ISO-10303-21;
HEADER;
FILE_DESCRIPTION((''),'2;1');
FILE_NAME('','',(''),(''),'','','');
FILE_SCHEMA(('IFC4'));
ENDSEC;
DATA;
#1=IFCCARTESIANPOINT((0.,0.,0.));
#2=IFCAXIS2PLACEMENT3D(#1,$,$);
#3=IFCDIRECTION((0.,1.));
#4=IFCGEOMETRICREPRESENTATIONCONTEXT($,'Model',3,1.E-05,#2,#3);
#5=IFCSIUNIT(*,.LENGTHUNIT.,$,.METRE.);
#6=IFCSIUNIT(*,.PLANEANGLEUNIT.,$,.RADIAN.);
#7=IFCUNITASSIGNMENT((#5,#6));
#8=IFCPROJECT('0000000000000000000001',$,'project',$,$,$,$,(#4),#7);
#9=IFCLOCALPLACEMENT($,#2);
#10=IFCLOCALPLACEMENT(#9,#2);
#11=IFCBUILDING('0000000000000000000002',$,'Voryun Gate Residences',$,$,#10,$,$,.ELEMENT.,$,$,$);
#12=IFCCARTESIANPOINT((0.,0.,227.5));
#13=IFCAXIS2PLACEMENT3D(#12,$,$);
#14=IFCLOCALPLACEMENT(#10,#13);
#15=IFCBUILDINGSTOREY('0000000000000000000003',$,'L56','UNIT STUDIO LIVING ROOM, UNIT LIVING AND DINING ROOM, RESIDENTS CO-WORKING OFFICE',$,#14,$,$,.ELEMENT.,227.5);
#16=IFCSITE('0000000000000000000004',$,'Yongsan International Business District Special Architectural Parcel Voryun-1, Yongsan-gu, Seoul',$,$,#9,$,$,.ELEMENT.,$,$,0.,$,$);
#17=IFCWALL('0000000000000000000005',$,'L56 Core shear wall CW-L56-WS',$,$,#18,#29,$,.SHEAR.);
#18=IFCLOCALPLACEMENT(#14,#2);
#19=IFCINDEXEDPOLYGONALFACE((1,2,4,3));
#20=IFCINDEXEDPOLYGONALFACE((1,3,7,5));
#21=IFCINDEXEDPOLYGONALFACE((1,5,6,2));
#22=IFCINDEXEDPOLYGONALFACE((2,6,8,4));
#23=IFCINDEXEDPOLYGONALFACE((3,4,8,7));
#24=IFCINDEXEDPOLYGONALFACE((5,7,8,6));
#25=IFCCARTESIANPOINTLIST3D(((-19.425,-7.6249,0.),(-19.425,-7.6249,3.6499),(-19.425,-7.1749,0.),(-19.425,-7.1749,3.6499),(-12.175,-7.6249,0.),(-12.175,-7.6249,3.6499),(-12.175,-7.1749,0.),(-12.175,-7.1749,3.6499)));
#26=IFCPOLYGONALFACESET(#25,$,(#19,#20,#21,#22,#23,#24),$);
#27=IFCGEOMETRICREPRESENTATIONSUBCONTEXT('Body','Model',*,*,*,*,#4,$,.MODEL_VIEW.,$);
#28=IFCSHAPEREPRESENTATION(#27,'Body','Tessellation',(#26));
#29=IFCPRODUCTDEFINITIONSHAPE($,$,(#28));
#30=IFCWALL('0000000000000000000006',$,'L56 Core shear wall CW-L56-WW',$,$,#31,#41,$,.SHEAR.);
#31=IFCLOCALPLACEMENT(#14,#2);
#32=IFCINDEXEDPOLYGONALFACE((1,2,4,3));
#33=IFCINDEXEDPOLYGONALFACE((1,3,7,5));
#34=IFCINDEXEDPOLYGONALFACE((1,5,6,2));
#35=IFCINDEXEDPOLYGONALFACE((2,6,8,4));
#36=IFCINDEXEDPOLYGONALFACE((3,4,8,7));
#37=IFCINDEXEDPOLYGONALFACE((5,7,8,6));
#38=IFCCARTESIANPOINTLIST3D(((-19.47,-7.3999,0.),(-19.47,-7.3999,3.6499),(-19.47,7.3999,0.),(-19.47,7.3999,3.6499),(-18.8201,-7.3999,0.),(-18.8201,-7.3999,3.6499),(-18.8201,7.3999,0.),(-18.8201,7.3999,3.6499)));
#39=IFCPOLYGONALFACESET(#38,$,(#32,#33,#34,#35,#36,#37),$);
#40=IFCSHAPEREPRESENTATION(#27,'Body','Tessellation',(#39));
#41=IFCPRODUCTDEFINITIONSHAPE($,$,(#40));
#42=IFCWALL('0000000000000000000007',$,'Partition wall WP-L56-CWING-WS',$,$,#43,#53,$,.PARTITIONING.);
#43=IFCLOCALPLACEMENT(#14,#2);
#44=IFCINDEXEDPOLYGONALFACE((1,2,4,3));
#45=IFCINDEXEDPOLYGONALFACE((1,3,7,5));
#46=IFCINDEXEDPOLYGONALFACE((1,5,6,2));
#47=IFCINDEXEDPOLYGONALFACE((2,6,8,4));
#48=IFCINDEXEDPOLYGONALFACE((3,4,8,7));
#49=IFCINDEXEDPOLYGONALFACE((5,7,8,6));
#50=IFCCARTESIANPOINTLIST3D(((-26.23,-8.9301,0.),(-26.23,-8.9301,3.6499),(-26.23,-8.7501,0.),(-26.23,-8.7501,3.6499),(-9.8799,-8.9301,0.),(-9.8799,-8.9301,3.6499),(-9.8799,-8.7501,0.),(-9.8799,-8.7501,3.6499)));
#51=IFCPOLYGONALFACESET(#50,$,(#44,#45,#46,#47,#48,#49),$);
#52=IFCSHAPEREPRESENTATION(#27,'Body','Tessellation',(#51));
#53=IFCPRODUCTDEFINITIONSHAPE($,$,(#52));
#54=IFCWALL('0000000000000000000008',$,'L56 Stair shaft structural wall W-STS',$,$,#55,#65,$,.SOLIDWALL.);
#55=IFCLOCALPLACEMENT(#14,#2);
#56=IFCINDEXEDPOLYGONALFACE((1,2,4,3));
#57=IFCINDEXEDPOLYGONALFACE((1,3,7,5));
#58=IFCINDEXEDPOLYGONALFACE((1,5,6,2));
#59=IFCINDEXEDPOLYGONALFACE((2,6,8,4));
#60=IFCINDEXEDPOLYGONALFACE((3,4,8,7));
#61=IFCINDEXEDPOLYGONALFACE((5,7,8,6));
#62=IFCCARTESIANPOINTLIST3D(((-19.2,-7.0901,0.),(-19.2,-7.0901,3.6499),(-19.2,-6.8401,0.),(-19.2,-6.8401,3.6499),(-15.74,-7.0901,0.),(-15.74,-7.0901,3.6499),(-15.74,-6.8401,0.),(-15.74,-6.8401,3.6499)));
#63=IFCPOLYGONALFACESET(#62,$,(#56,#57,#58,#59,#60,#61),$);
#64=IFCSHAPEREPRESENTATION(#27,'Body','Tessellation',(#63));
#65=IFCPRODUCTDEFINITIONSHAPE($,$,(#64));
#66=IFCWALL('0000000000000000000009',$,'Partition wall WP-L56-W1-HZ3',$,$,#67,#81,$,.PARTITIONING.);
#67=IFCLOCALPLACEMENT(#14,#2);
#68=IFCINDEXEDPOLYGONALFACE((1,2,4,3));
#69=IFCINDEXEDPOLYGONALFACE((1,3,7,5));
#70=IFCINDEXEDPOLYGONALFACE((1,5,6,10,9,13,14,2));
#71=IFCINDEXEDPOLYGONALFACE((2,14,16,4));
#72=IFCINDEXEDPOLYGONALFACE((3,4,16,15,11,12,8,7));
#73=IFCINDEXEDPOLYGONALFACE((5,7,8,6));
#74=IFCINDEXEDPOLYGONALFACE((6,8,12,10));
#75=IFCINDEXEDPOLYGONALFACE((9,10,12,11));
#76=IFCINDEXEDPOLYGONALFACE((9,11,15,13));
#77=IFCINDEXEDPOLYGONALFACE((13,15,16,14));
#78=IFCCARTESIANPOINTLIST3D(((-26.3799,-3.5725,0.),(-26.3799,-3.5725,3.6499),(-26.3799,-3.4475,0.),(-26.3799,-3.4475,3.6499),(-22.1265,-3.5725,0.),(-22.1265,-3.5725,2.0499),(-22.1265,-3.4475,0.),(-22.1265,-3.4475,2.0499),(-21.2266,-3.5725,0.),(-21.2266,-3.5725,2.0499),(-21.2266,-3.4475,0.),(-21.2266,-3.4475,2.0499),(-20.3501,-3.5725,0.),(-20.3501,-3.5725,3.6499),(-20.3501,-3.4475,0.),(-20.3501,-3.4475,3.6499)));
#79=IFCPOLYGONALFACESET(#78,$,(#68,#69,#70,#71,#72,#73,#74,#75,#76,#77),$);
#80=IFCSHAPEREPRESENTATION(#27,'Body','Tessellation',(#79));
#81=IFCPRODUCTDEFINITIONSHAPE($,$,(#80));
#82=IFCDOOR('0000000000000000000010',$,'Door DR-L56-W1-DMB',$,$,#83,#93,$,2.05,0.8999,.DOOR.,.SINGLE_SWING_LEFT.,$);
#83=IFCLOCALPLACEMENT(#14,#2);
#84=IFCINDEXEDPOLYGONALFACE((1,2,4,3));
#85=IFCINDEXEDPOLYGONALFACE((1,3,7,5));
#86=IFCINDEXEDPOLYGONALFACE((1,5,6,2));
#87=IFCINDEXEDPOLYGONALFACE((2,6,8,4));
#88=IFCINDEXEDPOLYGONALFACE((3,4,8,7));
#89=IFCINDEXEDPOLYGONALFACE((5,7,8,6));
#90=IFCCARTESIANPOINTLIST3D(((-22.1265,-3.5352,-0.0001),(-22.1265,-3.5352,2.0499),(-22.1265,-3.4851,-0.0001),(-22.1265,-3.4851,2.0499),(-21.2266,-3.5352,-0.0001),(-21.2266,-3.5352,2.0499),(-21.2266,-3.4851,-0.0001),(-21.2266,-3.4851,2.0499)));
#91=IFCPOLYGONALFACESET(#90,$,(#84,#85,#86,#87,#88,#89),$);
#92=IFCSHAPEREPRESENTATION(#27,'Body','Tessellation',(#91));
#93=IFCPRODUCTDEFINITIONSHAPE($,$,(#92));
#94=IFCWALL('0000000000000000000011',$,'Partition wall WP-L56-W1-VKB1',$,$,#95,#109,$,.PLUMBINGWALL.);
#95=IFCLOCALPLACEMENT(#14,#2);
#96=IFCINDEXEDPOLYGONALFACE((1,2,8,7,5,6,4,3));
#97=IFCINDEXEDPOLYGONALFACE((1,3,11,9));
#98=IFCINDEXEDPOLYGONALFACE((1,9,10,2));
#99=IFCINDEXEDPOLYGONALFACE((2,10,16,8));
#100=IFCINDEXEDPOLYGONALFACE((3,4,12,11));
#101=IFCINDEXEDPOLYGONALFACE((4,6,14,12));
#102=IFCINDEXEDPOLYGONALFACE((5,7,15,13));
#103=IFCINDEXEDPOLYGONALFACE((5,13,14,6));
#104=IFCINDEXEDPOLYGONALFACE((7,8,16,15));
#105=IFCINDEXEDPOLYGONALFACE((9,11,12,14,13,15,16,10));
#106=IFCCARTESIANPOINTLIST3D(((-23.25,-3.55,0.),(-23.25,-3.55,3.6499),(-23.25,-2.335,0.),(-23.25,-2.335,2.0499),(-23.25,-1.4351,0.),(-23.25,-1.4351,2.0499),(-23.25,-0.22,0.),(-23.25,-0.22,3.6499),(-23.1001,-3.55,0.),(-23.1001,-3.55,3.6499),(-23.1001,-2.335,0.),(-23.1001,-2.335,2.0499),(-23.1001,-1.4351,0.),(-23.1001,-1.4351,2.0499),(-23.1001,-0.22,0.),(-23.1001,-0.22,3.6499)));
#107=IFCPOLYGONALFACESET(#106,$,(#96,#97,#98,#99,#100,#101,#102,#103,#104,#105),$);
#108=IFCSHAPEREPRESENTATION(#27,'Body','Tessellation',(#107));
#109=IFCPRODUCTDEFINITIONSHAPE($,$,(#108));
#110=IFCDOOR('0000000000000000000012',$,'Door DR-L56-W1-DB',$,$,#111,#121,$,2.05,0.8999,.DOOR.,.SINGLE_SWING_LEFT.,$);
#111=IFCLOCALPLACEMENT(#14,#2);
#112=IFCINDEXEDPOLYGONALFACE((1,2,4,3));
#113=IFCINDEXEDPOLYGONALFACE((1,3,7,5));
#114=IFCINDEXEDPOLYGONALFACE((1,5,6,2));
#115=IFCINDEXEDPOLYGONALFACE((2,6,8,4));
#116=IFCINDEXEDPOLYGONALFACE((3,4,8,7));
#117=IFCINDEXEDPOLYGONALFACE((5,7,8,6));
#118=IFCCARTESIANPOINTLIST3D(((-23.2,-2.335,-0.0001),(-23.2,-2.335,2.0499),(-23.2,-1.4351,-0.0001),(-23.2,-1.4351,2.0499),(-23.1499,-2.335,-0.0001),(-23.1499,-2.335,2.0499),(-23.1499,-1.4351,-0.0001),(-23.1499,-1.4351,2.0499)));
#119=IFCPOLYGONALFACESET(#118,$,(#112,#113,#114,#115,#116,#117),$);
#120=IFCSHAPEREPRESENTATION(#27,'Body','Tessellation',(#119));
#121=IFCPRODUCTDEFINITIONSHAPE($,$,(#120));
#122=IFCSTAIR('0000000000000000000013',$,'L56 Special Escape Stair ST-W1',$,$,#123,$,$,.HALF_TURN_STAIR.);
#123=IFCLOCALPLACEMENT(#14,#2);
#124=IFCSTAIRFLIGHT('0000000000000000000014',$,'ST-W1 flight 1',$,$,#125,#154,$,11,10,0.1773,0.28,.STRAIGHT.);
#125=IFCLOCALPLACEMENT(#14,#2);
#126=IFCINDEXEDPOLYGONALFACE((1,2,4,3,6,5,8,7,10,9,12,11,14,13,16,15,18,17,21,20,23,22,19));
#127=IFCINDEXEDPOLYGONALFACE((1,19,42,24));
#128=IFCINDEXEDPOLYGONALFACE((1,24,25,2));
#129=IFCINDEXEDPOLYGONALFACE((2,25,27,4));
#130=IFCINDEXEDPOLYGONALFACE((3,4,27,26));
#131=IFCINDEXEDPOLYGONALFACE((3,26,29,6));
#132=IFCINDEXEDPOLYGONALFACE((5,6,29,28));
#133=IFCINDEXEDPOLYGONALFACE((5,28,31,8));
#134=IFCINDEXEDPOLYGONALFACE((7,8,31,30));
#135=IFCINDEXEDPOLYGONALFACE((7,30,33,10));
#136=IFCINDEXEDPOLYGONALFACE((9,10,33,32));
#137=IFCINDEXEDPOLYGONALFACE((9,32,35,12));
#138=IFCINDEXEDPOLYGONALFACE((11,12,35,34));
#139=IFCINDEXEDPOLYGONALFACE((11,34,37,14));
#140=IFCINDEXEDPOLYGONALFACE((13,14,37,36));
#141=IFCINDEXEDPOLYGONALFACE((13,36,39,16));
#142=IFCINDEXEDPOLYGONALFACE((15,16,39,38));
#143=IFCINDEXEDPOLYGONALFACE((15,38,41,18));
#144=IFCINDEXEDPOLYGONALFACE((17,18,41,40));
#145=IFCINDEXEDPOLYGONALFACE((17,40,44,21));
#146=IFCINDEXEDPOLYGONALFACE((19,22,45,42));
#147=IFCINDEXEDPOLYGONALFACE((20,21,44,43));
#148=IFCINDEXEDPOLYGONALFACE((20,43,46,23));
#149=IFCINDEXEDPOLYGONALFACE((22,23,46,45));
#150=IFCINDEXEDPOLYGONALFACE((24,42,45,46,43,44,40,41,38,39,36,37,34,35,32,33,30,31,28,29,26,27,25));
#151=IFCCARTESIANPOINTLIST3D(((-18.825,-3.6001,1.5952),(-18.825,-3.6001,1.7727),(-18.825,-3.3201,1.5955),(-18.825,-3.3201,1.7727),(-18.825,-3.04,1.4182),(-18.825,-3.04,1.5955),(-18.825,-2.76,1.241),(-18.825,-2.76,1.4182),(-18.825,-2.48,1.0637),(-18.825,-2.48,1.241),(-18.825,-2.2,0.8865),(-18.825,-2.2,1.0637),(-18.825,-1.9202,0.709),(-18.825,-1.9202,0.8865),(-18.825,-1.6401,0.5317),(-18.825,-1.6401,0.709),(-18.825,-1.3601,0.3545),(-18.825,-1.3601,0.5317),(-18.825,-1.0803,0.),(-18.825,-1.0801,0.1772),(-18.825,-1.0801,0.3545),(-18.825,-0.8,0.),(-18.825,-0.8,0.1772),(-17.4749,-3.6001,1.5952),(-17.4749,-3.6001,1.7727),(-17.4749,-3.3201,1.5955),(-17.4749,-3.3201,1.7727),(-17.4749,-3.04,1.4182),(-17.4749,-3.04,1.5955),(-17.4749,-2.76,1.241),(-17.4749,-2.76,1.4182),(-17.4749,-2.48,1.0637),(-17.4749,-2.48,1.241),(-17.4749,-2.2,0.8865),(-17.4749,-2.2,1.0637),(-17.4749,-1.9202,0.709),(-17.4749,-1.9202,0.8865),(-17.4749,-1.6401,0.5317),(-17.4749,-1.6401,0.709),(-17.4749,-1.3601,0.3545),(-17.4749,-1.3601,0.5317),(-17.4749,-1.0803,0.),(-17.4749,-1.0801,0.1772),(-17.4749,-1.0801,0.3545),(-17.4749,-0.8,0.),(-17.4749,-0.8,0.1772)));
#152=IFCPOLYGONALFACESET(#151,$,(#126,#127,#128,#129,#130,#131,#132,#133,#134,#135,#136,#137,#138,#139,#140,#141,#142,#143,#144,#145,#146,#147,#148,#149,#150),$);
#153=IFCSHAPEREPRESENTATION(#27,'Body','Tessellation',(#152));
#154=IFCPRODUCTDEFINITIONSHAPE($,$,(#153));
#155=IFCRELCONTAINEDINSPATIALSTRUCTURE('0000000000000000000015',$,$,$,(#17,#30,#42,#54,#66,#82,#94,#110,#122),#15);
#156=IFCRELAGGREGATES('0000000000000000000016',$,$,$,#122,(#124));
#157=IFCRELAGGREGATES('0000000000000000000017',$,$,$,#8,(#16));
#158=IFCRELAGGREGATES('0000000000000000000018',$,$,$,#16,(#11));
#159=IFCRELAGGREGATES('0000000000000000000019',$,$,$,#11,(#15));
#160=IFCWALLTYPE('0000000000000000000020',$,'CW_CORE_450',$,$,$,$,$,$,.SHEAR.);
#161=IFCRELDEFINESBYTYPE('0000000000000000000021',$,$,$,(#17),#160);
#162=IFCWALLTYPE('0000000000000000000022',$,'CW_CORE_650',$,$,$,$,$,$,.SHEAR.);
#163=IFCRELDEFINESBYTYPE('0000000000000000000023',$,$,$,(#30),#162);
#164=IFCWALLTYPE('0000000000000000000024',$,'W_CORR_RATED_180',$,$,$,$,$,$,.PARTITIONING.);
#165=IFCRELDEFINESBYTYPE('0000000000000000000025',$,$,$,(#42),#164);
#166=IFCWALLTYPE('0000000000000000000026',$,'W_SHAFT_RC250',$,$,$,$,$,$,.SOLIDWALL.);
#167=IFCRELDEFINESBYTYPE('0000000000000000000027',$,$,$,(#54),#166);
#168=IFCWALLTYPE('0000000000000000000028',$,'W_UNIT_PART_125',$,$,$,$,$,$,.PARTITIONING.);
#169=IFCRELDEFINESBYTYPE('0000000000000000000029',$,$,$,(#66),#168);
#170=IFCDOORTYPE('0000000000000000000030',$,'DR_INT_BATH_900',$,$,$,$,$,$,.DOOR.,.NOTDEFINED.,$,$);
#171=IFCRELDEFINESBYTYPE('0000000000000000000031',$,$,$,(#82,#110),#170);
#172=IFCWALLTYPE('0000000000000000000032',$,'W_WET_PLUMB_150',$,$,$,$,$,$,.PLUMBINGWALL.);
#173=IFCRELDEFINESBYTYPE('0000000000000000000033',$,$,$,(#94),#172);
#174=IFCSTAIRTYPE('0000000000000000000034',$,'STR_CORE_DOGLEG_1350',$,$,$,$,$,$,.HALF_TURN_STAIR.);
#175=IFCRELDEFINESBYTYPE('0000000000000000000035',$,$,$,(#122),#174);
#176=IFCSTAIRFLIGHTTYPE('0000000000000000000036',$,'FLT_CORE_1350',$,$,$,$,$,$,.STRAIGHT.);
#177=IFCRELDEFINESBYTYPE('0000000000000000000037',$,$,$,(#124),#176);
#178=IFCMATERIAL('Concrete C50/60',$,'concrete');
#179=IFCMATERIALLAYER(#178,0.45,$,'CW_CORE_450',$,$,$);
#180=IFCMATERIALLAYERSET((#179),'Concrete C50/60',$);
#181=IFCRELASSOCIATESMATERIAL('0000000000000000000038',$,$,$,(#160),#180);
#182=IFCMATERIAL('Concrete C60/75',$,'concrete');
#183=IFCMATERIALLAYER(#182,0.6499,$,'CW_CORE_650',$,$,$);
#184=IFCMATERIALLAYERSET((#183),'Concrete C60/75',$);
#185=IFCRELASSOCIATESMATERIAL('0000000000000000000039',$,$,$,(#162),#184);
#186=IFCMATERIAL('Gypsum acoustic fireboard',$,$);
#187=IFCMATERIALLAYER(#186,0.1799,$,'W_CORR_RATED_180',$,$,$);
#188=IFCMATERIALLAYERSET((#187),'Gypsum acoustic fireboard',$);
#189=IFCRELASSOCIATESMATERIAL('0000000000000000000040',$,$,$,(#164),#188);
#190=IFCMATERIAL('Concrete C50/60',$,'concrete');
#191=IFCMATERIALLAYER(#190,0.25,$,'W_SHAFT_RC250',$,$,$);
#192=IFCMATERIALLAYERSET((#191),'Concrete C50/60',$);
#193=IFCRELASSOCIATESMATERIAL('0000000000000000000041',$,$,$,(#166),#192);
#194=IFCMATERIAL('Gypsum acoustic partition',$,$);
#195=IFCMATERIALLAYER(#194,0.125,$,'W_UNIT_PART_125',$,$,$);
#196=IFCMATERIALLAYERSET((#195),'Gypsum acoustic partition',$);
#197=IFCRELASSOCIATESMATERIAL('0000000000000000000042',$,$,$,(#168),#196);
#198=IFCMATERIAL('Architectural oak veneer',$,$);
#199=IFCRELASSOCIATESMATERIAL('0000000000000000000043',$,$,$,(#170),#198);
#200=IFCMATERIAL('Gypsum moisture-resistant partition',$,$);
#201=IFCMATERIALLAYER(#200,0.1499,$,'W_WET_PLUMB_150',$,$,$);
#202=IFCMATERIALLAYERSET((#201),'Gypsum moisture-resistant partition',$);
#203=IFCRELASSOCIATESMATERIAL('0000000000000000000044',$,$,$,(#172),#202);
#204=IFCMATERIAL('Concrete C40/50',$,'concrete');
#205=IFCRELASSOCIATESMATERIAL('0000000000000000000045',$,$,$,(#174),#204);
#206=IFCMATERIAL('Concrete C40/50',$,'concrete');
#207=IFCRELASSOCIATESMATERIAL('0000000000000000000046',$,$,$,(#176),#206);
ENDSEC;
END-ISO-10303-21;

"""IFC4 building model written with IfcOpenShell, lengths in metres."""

from ifc_helpers import new_model, si_unit, direction, frame, frame_2d, origin, place, context, subcontext, project, spatial, polyline, rectangle, outline, extrude, material, layer, layer_set, type_object, element, fill, aggregate, save


model = new_model("IFC4")

# Units and contexts
model_context = context("Model", 3, precision=1e-05, world=origin(), true_north=direction((0.0, 1.0)))
body_context = subcontext(model_context, "Body", "Model", "MODEL_VIEW")
ifc_project = project(units=[si_unit("LENGTHUNIT", "METRE"), si_unit("PLANEANGLEUNIT", "RADIAN")], contexts=[model_context])

# Site, building, storey
site_placement = place(None, origin())
site = spatial("IfcSite", under=ifc_project, at=site_placement, Name="Yongsan International Business District Special Architectural Parcel Voryun-1, Yongsan-gu, Seoul", CompositionType="ELEMENT", RefElevation=0.0)
building_placement = place(site_placement, origin())
building = spatial("IfcBuilding", under=site, at=building_placement, Name="Voryun Gate Residences", CompositionType="ELEMENT")
storey_placement = place(building_placement, frame((0.0, 0.0, 227.5)))
storey = spatial("IfcBuildingStorey", under=building, at=storey_placement, Name="L56", Description="UNIT STUDIO LIVING ROOM, UNIT LIVING AND DINING ROOM, RESIDENTS CO-WORKING OFFICE", CompositionType="ELEMENT", Elevation=227.5)

# Walls
ifc_material_1 = material(Name="Concrete C50/60", Category="concrete")
ifc_layer_1 = layer(ifc_material_1, 0.45, Name="CW_CORE_450")
ifc_layer_set_1 = layer_set([ifc_layer_1], Name="Concrete C50/60")
wall_type_1 = type_object("IfcWallType", Name="CW_CORE_450", PredefinedType="SHEAR", material=ifc_layer_set_1)
wall_1_placement = place(storey_placement, frame((-19.425, -7.3999, 0.0), z_axis=(0.0, 0.0, 1.0), x_axis=(1.0, 0.0, 0.0)))
element("IfcWall", 1, at=wall_1_placement, inside=storey, type_object=wall_type_1, Name="L56 Core shear wall CW-L56-WS", PredefinedType="SHEAR", context=body_context, shape_type="SweptSolid", body=[
    extrude(rectangle(XDim=7.25, YDim=0.45, at=frame_2d((3.625, 0.0))), origin(), (0.0, 0.0, 1.0), 3.6499),
])
ifc_material_2 = material(Name="Concrete C60/75", Category="concrete")
ifc_layer_2 = layer(ifc_material_2, 0.6499, Name="CW_CORE_650")
ifc_layer_set_2 = layer_set([ifc_layer_2], Name="Concrete C60/75")
wall_type_2 = type_object("IfcWallType", Name="CW_CORE_650", PredefinedType="SHEAR", material=ifc_layer_set_2)
wall_2_placement = place(storey_placement, frame((-19.145, -7.3999, 0.0), z_axis=(0.0, 0.0, 1.0), x_axis=(0.0, 1.0, 0.0)))
element("IfcWall", 2, at=wall_2_placement, inside=storey, type_object=wall_type_2, Name="L56 Core shear wall CW-L56-WW", PredefinedType="SHEAR", context=body_context, shape_type="SweptSolid", body=[
    extrude(rectangle(XDim=14.7998, YDim=0.6499, at=frame_2d((7.3999, 0.0))), origin(), (0.0, 0.0, 1.0), 3.6499),
])
ifc_material_3 = material(Name="Gypsum acoustic fireboard")
ifc_layer_3 = layer(ifc_material_3, 0.1799, Name="W_CORR_RATED_180")
ifc_layer_set_3 = layer_set([ifc_layer_3], Name="Gypsum acoustic fireboard")
wall_type_3 = type_object("IfcWallType", Name="W_CORR_RATED_180", PredefinedType="PARTITIONING", material=ifc_layer_set_3)
wall_3_placement = place(storey_placement, frame((-26.23, -8.8401, 0.0), z_axis=(0.0, 0.0, 1.0), x_axis=(1.0, 0.0, 0.0)))
element("IfcWall", 3, at=wall_3_placement, inside=storey, type_object=wall_type_3, Name="Partition wall WP-L56-CWING-WS", PredefinedType="PARTITIONING", context=body_context, shape_type="SweptSolid", body=[
    extrude(rectangle(XDim=16.3501, YDim=0.1799, at=frame_2d((8.175, 0.0))), origin(), (0.0, 0.0, 1.0), 3.6499),
])
ifc_material_4 = material(Name="Concrete C50/60", Category="concrete")
ifc_layer_4 = layer(ifc_material_4, 0.25, Name="W_SHAFT_RC250")
ifc_layer_set_4 = layer_set([ifc_layer_4], Name="Concrete C50/60")
wall_type_4 = type_object("IfcWallType", Name="W_SHAFT_RC250", PredefinedType="SOLIDWALL", material=ifc_layer_set_4)
wall_4_placement = place(storey_placement, frame((-19.2, -6.9651, 0.0), z_axis=(0.0, 0.0, 1.0), x_axis=(1.0, 0.0, 0.0)))
element("IfcWall", 4, at=wall_4_placement, inside=storey, type_object=wall_type_4, Name="L56 Stair shaft structural wall W-STS", PredefinedType="SOLIDWALL", context=body_context, shape_type="SweptSolid", body=[
    extrude(rectangle(XDim=3.46, YDim=0.25, at=frame_2d((1.73, 0.0))), origin(), (0.0, 0.0, 1.0), 3.6499),
])

# Walls, openings, doors
ifc_material_5 = material(Name="Gypsum acoustic partition")
ifc_layer_5 = layer(ifc_material_5, 0.125, Name="W_UNIT_PART_125")
ifc_layer_set_5 = layer_set([ifc_layer_5], Name="Gypsum acoustic partition")
wall_type_5 = type_object("IfcWallType", Name="W_UNIT_PART_125", PredefinedType="PARTITIONING", material=ifc_layer_set_5)
wall_5_placement = place(storey_placement, frame((-26.3799, -3.51, 0.0), z_axis=(0.0, 0.0, 1.0), x_axis=(1.0, 0.0, 0.0)))
wall_5 = element("IfcWall", 5, at=wall_5_placement, inside=storey, type_object=wall_type_5, Name="Partition wall WP-L56-W1-HZ3", PredefinedType="PARTITIONING", context=body_context, shape_type="SweptSolid", body=[
    extrude(rectangle(XDim=6.0298, YDim=0.125, at=frame_2d((3.0149, 0.0))), origin(), (0.0, 0.0, 1.0), 3.6499),
])
opening_1_placement = place(wall_5_placement, frame((4.2534, 0.0, 0.0)))
opening_1 = element("IfcOpeningElement", 6, at=opening_1_placement, cuts=wall_5, PredefinedType="OPENING", context=body_context, shape_type="SweptSolid", body=[
    extrude(rectangle(XDim=0.8999, YDim=2.05, at=frame_2d((0.45, 1.0249))), frame((0.0, 0.0725, 0.0), z_axis=(0.0, -1.0, 0.0), x_axis=(1.0, 0.0, 0.0)), (0.0, 0.0, 1.0), 0.145),
])
ifc_material_6 = material(Name="Architectural oak veneer")
door_type = type_object("IfcDoorType", Name="DR_INT_BATH_900", OperationType="NOTDEFINED", PredefinedType="DOOR", material=ifc_material_6)
door_1_placement = place(opening_1_placement, origin())
door_1 = element("IfcDoor", 7, at=door_1_placement, inside=storey, type_object=door_type, Name="Door DR-L56-W1-DMB", OperationType="SINGLE_SWING_LEFT", OverallHeight=2.05, OverallWidth=0.8999, PredefinedType="DOOR", context=body_context, shape_type="SweptSolid", body=[
    extrude(rectangle(XDim=0.8999, YDim=2.05, at=frame_2d((0.45, 1.0249))), frame((0.0, 0.0249, 0.0), z_axis=(0.0, -1.0, 0.0), x_axis=(1.0, 0.0, 0.0)), (0.0, 0.0, 1.0), 0.05),
])
fill(opening_1, door_1)
ifc_material_7 = material(Name="Gypsum moisture-resistant partition")
ifc_layer_6 = layer(ifc_material_7, 0.1499, Name="W_WET_PLUMB_150")
ifc_layer_set_6 = layer_set([ifc_layer_6], Name="Gypsum moisture-resistant partition")
wall_type_6 = type_object("IfcWallType", Name="W_WET_PLUMB_150", PredefinedType="PLUMBINGWALL", material=ifc_layer_set_6)
wall_6_placement = place(storey_placement, frame((-23.175, -3.55, 0.0), z_axis=(0.0, 0.0, 1.0), x_axis=(0.0, 1.0, 0.0)))
wall_6 = element("IfcWall", 8, at=wall_6_placement, inside=storey, type_object=wall_type_6, Name="Partition wall WP-L56-W1-VKB1", PredefinedType="PLUMBINGWALL", context=body_context, shape_type="SweptSolid", body=[
    extrude(rectangle(XDim=3.3301, YDim=0.1499, at=frame_2d((1.665, 0.0))), origin(), (0.0, 0.0, 1.0), 3.6499),
])
opening_2_placement = place(wall_6_placement, frame((1.2151, 0.0, 0.0)))
opening_2 = element("IfcOpeningElement", 9, at=opening_2_placement, cuts=wall_6, PredefinedType="OPENING", context=body_context, shape_type="SweptSolid", body=[
    extrude(rectangle(XDim=0.8999, YDim=2.05, at=frame_2d((0.45, 1.0249))), frame((0.0, 0.085, 0.0), z_axis=(0.0, -1.0, 0.0), x_axis=(1.0, 0.0, 0.0)), (0.0, 0.0, 1.0), 0.1699),
])
door_2_placement = place(opening_2_placement, origin())
door_2 = element("IfcDoor", 10, at=door_2_placement, inside=storey, type_object=door_type, Name="Door DR-L56-W1-DB", OperationType="SINGLE_SWING_LEFT", OverallHeight=2.05, OverallWidth=0.8999, PredefinedType="DOOR", context=body_context, shape_type="SweptSolid", body=[
    extrude(rectangle(XDim=0.8999, YDim=2.05, at=frame_2d((0.45, 1.0249))), frame((0.0, 0.0249, 0.0), z_axis=(0.0, -1.0, 0.0), x_axis=(1.0, 0.0, 0.0)), (0.0, 0.0, 1.0), 0.05),
])
fill(opening_2, door_2)

# Stair, stair flight
ifc_material_8 = material(Name="Concrete C40/50", Category="concrete")
stair_type = type_object("IfcStairType", Name="STR_CORE_DOGLEG_1350", PredefinedType="HALF_TURN_STAIR", material=ifc_material_8)
stair_placement = place(storey_placement, origin())
stair = element("IfcStair", 11, at=stair_placement, inside=storey, type_object=stair_type, Name="L56 Special Escape Stair ST-W1", PredefinedType="HALF_TURN_STAIR")
ifc_material_9 = material(Name="Concrete C40/50", Category="concrete")
stair_flight_type = type_object("IfcStairFlightType", Name="FLT_CORE_1350", PredefinedType="STRAIGHT", material=ifc_material_9)
stair_flight_placement = place(storey_placement, frame((-18.1499, -0.8, 0.0), z_axis=(0.0, 0.0, 1.0), x_axis=(0.0, -1.0, 0.0)))
stair_flight = element("IfcStairFlight", 12, at=stair_flight_placement, type_object=stair_flight_type, Name="ST-W1 flight 1", NumberOfRisers=11, NumberOfTreads=10, PredefinedType="STRAIGHT", RiserHeight=0.1773, TreadLength=0.28, context=body_context, shape_type="SweptSolid", body=[
    extrude(outline(polyline([(0.0, 0.0), (0.0, 0.1772), (0.28, 0.1772), (0.28, 0.3545), (0.5601, 0.3545), (0.5601, 0.5317), (0.8401, 0.5317), (0.8401, 0.709), (1.1201, 0.709), (1.1201, 0.8865), (1.3999, 0.8865), (1.3999, 1.0637), (1.6799, 1.0637), (1.6799, 1.241), (1.96, 1.241), (1.96, 1.4182), (2.24, 1.4182), (2.24, 1.5955), (2.52, 1.5955), (2.52, 1.7727), (2.8, 1.7727), (2.8, 1.95), (2.8, 1.5952), (0.2803, 0.0), (0.0, 0.0)])), frame((0.0, 0.675, 0.0), z_axis=(0.0, -1.0, 0.0), x_axis=(1.0, 0.0, 0.0)), (0.0, 0.0, 1.0), 1.3501),
])
aggregate(stair, [stair_flight])

save(model, "model.ifc")
